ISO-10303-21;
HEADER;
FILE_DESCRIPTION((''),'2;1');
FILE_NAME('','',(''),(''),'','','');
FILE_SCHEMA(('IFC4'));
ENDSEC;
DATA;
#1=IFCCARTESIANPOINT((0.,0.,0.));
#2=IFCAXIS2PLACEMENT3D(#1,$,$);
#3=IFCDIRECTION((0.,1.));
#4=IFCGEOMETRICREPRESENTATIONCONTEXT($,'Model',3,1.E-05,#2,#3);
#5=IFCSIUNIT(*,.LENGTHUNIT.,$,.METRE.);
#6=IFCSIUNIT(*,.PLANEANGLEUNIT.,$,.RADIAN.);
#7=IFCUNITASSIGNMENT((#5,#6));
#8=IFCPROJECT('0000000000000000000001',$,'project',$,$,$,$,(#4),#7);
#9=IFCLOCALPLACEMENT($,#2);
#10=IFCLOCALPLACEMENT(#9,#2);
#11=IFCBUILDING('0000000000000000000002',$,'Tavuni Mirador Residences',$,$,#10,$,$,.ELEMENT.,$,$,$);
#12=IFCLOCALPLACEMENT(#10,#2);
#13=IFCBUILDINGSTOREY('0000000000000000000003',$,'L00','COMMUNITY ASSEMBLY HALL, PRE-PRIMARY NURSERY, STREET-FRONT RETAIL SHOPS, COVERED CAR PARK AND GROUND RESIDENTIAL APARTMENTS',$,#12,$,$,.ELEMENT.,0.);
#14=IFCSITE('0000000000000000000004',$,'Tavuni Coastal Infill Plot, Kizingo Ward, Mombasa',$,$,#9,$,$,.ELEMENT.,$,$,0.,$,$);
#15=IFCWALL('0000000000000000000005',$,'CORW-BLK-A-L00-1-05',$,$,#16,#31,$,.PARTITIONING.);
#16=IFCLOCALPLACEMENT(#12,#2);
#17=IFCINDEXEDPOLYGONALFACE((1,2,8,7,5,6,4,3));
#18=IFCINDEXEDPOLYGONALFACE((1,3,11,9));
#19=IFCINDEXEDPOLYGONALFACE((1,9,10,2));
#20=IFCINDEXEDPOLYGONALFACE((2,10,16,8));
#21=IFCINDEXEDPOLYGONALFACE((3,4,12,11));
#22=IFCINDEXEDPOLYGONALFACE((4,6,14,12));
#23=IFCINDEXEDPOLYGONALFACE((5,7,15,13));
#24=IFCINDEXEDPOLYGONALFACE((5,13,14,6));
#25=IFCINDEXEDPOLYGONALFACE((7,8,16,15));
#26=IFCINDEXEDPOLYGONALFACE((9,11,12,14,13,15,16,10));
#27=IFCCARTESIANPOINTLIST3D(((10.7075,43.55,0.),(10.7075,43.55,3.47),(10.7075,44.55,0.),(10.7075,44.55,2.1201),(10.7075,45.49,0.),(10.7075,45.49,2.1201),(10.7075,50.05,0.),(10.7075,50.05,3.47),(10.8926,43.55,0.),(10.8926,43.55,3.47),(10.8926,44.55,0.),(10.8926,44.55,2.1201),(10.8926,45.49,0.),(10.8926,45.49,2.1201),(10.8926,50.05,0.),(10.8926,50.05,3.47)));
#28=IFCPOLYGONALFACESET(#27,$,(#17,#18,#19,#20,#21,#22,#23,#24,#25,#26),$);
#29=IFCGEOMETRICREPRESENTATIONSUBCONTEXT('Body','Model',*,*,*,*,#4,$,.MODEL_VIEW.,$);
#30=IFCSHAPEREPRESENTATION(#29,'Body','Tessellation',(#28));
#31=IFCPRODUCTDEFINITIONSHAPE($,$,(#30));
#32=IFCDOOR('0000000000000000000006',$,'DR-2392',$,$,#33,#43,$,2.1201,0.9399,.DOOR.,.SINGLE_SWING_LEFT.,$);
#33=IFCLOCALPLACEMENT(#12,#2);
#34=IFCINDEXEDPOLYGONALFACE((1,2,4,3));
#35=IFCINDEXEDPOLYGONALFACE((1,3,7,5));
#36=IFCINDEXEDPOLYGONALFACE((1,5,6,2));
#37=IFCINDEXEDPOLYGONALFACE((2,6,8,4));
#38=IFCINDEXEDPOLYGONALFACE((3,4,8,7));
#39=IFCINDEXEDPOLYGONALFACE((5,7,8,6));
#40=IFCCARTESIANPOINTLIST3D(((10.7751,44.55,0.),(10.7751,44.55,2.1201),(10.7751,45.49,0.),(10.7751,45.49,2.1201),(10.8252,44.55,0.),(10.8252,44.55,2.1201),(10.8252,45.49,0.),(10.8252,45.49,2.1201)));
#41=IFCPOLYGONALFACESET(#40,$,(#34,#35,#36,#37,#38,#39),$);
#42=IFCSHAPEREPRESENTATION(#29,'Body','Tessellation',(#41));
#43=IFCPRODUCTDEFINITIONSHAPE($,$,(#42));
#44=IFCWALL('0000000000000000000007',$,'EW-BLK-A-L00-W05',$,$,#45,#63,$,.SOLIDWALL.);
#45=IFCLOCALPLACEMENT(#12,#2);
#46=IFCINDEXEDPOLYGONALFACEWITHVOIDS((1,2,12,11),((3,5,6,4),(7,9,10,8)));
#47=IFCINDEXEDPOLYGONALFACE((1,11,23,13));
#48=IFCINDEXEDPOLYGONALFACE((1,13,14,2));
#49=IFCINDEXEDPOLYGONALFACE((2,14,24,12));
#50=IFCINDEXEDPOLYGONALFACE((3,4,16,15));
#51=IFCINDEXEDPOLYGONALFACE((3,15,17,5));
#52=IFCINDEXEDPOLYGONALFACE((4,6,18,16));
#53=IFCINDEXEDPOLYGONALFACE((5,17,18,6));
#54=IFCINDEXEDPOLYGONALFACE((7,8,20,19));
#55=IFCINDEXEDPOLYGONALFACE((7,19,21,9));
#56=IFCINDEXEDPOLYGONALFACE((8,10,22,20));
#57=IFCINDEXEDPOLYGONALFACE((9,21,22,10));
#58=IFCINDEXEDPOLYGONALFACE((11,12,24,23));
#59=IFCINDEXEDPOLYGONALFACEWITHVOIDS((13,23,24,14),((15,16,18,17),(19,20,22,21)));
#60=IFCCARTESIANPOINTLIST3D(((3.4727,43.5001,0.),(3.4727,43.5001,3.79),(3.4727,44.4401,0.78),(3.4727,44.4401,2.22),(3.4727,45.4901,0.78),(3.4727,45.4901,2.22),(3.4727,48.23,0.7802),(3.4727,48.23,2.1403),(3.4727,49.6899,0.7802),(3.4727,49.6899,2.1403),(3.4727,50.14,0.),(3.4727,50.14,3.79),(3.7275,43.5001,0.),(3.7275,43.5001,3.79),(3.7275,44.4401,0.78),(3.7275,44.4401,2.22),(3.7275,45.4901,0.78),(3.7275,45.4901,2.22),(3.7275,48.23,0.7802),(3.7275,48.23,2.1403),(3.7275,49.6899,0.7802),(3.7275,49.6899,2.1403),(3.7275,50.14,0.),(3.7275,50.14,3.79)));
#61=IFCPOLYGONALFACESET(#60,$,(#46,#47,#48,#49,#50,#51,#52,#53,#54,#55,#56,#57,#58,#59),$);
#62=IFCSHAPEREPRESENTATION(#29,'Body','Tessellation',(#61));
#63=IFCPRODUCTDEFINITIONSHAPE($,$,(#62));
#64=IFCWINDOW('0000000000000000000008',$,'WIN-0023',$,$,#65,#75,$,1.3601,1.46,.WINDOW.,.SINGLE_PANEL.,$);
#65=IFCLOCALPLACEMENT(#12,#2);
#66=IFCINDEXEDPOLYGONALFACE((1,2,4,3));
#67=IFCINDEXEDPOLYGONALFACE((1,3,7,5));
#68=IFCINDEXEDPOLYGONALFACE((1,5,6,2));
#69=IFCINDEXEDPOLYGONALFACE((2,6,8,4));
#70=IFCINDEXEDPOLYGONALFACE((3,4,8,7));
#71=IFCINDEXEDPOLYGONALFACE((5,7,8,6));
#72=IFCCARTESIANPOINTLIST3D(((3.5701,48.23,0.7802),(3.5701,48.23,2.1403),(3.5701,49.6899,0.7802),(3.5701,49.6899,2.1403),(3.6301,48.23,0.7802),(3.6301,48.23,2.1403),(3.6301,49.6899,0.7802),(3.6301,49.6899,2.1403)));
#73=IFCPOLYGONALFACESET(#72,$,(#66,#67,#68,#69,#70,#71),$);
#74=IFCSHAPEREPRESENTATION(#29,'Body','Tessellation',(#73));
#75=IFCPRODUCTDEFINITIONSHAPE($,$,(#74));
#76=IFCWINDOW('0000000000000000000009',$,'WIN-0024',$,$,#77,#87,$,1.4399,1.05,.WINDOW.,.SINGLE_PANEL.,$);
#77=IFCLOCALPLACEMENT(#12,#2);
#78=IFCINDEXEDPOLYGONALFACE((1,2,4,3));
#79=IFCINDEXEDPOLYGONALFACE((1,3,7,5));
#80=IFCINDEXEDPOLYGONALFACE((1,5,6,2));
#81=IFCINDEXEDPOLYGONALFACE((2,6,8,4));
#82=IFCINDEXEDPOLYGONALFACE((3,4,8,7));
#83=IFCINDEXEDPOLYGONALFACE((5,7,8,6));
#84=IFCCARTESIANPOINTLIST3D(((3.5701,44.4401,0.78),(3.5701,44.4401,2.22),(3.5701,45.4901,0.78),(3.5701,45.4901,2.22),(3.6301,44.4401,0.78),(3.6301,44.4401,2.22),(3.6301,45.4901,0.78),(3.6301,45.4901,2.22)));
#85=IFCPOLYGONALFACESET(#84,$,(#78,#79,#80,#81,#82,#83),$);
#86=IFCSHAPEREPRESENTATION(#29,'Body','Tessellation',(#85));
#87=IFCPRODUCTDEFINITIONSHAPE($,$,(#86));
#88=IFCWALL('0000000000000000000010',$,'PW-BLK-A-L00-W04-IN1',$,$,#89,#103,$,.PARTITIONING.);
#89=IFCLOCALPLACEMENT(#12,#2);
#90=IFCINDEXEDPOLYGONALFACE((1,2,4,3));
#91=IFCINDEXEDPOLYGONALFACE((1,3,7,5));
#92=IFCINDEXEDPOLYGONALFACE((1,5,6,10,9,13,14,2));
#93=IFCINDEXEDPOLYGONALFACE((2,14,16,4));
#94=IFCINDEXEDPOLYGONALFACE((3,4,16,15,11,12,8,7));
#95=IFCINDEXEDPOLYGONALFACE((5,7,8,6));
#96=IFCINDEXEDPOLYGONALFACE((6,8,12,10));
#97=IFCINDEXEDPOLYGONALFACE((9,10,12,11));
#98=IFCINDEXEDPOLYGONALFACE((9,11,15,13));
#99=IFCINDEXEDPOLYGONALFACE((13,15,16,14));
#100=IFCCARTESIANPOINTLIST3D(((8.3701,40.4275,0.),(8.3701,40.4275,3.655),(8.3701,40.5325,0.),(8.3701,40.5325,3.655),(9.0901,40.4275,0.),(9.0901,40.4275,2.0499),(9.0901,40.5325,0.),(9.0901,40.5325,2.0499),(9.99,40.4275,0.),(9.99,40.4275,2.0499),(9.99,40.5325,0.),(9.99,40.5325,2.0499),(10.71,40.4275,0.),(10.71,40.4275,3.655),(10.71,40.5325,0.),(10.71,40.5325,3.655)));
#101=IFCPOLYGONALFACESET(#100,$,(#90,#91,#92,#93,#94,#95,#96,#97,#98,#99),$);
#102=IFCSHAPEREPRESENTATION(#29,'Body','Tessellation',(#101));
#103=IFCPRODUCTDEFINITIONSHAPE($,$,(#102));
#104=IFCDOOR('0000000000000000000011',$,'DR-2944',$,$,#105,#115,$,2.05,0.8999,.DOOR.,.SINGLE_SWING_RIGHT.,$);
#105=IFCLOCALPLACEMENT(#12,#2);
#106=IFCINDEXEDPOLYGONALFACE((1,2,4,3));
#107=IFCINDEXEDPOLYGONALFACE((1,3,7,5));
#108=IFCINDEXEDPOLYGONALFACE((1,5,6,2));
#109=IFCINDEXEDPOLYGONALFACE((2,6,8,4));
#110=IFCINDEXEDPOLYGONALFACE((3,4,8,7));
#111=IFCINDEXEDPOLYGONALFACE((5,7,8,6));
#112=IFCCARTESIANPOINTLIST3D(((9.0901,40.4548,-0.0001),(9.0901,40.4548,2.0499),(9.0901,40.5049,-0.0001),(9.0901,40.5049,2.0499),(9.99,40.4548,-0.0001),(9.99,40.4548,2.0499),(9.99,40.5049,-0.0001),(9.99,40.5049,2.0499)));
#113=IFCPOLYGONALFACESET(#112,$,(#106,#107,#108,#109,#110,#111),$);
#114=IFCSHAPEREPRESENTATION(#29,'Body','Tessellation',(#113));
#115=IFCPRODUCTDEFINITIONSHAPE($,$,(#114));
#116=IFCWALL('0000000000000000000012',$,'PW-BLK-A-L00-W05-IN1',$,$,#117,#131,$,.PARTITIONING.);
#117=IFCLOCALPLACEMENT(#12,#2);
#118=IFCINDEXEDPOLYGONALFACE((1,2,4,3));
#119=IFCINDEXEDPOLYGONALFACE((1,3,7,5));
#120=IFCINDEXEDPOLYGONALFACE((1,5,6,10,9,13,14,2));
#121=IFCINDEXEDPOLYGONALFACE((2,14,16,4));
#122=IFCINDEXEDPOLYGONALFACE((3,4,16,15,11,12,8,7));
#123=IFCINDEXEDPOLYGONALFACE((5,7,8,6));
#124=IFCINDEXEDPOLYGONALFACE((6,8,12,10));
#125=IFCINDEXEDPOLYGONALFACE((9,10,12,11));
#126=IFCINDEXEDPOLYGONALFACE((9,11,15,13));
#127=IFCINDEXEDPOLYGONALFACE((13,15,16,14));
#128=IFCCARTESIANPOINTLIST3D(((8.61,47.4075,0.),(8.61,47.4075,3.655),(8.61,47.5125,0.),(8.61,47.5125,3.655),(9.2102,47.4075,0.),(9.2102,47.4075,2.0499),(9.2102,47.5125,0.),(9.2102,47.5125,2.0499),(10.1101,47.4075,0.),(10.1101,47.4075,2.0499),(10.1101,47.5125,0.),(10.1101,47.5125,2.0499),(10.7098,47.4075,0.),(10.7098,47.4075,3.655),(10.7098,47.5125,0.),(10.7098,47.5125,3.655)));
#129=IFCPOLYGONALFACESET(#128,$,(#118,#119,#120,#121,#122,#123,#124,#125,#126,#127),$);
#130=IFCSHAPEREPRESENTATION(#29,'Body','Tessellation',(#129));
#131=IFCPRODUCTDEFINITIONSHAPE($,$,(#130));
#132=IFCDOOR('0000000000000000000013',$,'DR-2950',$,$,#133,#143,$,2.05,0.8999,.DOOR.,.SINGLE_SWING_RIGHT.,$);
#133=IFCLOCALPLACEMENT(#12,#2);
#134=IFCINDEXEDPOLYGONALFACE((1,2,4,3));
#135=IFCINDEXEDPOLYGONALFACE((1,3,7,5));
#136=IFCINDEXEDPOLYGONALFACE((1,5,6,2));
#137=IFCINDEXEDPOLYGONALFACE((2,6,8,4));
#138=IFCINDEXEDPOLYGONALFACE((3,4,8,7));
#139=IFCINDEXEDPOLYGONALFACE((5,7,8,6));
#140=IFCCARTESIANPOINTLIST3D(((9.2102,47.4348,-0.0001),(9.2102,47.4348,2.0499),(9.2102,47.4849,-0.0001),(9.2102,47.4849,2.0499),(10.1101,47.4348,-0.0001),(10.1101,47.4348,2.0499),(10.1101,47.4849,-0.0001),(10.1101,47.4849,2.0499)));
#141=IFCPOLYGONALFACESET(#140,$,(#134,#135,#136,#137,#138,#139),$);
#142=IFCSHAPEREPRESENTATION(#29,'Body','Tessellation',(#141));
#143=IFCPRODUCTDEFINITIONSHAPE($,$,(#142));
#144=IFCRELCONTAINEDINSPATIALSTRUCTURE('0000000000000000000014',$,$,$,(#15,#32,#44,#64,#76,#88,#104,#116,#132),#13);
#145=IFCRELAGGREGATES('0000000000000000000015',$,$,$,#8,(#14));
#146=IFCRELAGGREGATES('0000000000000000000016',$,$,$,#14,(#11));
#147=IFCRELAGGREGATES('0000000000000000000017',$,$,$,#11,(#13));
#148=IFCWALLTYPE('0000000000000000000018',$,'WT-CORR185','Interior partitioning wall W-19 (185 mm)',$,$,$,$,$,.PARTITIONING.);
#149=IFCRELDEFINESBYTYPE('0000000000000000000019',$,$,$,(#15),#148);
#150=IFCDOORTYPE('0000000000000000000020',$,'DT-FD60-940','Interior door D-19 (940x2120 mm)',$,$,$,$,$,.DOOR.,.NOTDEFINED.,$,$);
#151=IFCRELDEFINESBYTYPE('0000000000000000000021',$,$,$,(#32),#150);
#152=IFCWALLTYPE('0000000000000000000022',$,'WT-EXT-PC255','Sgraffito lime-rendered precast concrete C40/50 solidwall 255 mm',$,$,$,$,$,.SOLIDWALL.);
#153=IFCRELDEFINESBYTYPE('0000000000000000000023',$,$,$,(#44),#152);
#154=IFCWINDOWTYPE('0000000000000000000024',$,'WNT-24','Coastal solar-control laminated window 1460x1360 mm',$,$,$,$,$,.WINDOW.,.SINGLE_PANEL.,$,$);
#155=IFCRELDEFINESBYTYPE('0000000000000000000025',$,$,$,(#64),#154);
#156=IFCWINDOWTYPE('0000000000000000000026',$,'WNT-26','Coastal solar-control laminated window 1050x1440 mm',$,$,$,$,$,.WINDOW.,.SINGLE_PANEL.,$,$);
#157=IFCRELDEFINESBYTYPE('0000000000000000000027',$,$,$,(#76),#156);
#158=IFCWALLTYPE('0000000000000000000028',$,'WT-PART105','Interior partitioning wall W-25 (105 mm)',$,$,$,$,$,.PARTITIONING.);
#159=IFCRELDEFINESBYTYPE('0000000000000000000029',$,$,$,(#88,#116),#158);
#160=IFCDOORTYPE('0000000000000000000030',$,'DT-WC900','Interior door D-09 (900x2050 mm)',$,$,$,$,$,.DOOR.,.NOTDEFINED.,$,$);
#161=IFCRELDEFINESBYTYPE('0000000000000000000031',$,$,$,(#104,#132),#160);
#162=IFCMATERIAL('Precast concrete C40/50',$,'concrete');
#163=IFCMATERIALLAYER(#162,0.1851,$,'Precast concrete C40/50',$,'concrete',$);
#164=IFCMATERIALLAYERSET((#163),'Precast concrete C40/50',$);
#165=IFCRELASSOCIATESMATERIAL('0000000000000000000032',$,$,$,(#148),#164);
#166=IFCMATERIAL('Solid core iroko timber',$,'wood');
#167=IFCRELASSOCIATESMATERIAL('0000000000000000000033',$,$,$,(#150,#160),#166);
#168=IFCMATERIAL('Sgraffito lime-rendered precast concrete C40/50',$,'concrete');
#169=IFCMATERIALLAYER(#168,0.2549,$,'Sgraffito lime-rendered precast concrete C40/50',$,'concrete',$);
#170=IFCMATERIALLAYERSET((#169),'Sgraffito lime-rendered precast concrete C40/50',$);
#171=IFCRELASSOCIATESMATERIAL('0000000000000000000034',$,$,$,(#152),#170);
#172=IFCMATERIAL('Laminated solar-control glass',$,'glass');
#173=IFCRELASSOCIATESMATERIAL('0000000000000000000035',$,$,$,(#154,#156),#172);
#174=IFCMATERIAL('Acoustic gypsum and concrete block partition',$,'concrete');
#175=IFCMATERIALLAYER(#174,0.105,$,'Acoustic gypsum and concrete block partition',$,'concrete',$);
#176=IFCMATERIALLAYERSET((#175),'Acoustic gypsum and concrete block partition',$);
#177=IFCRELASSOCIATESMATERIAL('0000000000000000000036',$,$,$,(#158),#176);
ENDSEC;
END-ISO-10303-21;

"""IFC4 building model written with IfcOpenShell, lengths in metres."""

from ifc_helpers import new_model, si_unit, direction, frame, frame_2d, origin, place, context, subcontext, project, spatial, rectangle, extrude, material, layer, layer_set, type_object, element, fill, save


model = new_model("IFC4")

# Units and contexts
model_context = context("Model", 3, precision=1e-05, world=origin(), true_north=direction((0.0, 1.0)))
body_context = subcontext(model_context, "Body", "Model", "MODEL_VIEW")
ifc_project = project(units=[si_unit("LENGTHUNIT", "METRE"), si_unit("PLANEANGLEUNIT", "RADIAN")], contexts=[model_context])

# Site, building, storey
site_placement = place(None, origin())
site = spatial("IfcSite", under=ifc_project, at=site_placement, Name="Tavuni Coastal Infill Plot, Kizingo Ward, Mombasa", CompositionType="ELEMENT", RefElevation=0.0)
building_placement = place(site_placement, origin())
building = spatial("IfcBuilding", under=site, at=building_placement, Name="Tavuni Mirador Residences", CompositionType="ELEMENT")
storey_placement = place(building_placement, origin())
storey = spatial("IfcBuildingStorey", under=building, at=storey_placement, Name="L00", Description="COMMUNITY ASSEMBLY HALL, PRE-PRIMARY NURSERY, STREET-FRONT RETAIL SHOPS, COVERED CAR PARK AND GROUND RESIDENTIAL APARTMENTS", CompositionType="ELEMENT", Elevation=0.0)

# Shared definitions
ifc_material_1 = material(Name="Precast concrete C40/50", Category="concrete")

# Wall, opening, door
ifc_layer_1 = layer(ifc_material_1, 0.1851, Name="Precast concrete C40/50", Category="concrete")
ifc_layer_set_1 = layer_set([ifc_layer_1], Name="Precast concrete C40/50")
wall_type_1 = type_object("IfcWallType", Name="WT-CORR185", Description="Interior partitioning wall W-19 (185 mm)", PredefinedType="PARTITIONING", material=ifc_layer_set_1)
wall_1_placement = place(storey_placement, frame((10.8, 43.55, 0.0), z_axis=(0.0, 0.0, 1.0), x_axis=(0.0, 1.0, 0.0)))
wall_1 = element("IfcWall", 1, at=wall_1_placement, inside=storey, type_object=wall_type_1, Name="CORW-BLK-A-L00-1-05", PredefinedType="PARTITIONING", context=body_context, shape_type="SweptSolid", body=[
    extrude(rectangle(XDim=6.5, YDim=0.1851, at=frame_2d((3.25, 0.0))), origin(), (0.0, 0.0, 1.0), 3.47),
])
opening_1_placement = place(wall_1_placement, frame((1.0, 0.0, 0.0)))
opening_1 = element("IfcOpeningElement", 2, at=opening_1_placement, cuts=wall_1, PredefinedType="OPENING", context=body_context, shape_type="SweptSolid", body=[
    extrude(rectangle(XDim=0.9399, YDim=2.1201, at=frame_2d((0.47, 1.0601))), frame((0.0, 0.1025, 0.0), z_axis=(0.0, -1.0, 0.0), x_axis=(1.0, 0.0, 0.0)), (0.0, 0.0, 1.0), 0.2051),
])
ifc_material_2 = material(Name="Solid core iroko timber", Category="wood")
door_type_1 = type_object("IfcDoorType", Name="DT-FD60-940", Description="Interior door D-19 (940x2120 mm)", OperationType="NOTDEFINED", PredefinedType="DOOR", material=ifc_material_2)
door_1_placement = place(opening_1_placement, origin())
door_1 = element("IfcDoor", 3, at=door_1_placement, inside=storey, type_object=door_type_1, Name="DR-2392", OperationType="SINGLE_SWING_LEFT", OverallHeight=2.1201, OverallWidth=0.9399, PredefinedType="DOOR", context=body_context, shape_type="SweptSolid", body=[
    extrude(rectangle(XDim=0.9399, YDim=2.1201, at=frame_2d((0.47, 1.0601))), frame((0.0, 0.0249, 0.0), z_axis=(0.0, -1.0, 0.0), x_axis=(1.0, 0.0, 0.0)), (0.0, 0.0, 1.0), 0.05),
])
fill(opening_1, door_1)

# Wall, openings, windows
ifc_material_3 = material(Name="Sgraffito lime-rendered precast concrete C40/50", Category="concrete")
ifc_layer_2 = layer(ifc_material_3, 0.2549, Name="Sgraffito lime-rendered precast concrete C40/50", Category="concrete")
ifc_layer_set_2 = layer_set([ifc_layer_2], Name="Sgraffito lime-rendered precast concrete C40/50")
wall_type_2 = type_object("IfcWallType", Name="WT-EXT-PC255", Description="Sgraffito lime-rendered precast concrete C40/50 solidwall 255 mm", PredefinedType="SOLIDWALL", material=ifc_layer_set_2)
wall_2_placement = place(storey_placement, frame((3.6001, 50.1399, 0.0), z_axis=(0.0, 0.0, 1.0), x_axis=(0.0, -1.0, 0.0)))
wall_2 = element("IfcWall", 4, at=wall_2_placement, inside=storey, type_object=wall_type_2, Name="EW-BLK-A-L00-W05", PredefinedType="SOLIDWALL", context=body_context, shape_type="SweptSolid", body=[
    extrude(rectangle(XDim=6.6399, YDim=0.2549, at=frame_2d((3.3198, 0.0))), origin(), (0.0, 0.0, 1.0), 3.79),
])
opening_2_placement = place(wall_2_placement, frame((0.45, 0.0, 0.78)))
opening_2 = element("IfcOpeningElement", 5, at=opening_2_placement, cuts=wall_2, PredefinedType="OPENING", context=body_context, shape_type="SweptSolid", body=[
    extrude(rectangle(XDim=1.46, YDim=1.3601, at=frame_2d((0.73, 0.6802))), frame((0.0, 0.1375, 0.0), z_axis=(0.0, -1.0, 0.0), x_axis=(1.0, 0.0, 0.0)), (0.0, 0.0, 1.0), 0.2749),
])
opening_3_placement = place(wall_2_placement, frame((4.6499, 0.0, 0.78)))
opening_3 = element("IfcOpeningElement", 6, at=opening_3_placement, cuts=wall_2, PredefinedType="OPENING", context=body_context, shape_type="SweptSolid", body=[
    extrude(rectangle(XDim=1.05, YDim=1.4399, at=frame_2d((0.5249, 0.72))), frame((0.0, 0.1375, 0.0), z_axis=(0.0, -1.0, 0.0), x_axis=(1.0, 0.0, 0.0)), (0.0, 0.0, 1.0), 0.2749),
])
ifc_material_4 = material(Name="Laminated solar-control glass", Category="glass")
window_type_1 = type_object("IfcWindowType", Name="WNT-24", Description="Coastal solar-control laminated window 1460x1360 mm", PartitioningType="SINGLE_PANEL", PredefinedType="WINDOW", material=ifc_material_4)
window_1_placement = place(opening_2_placement, origin())
window_1 = element("IfcWindow", 7, at=window_1_placement, inside=storey, type_object=window_type_1, Name="WIN-0023", OverallHeight=1.3601, OverallWidth=1.46, PartitioningType="SINGLE_PANEL", PredefinedType="WINDOW", context=body_context, shape_type="SweptSolid", body=[
    extrude(rectangle(XDim=1.46, YDim=1.3601, at=frame_2d((0.73, 0.6802))), frame((0.0, 0.03, 0.0), z_axis=(0.0, -1.0, 0.0), x_axis=(1.0, 0.0, 0.0)), (0.0, 0.0, 1.0), 0.0601),
])
fill(opening_2, window_1)
window_type_2 = type_object("IfcWindowType", Name="WNT-26", Description="Coastal solar-control laminated window 1050x1440 mm", PartitioningType="SINGLE_PANEL", PredefinedType="WINDOW", material=ifc_material_4)
window_2_placement = place(opening_3_placement, origin())
window_2 = element("IfcWindow", 8, at=window_2_placement, inside=storey, type_object=window_type_2, Name="WIN-0024", OverallHeight=1.4399, OverallWidth=1.05, PartitioningType="SINGLE_PANEL", PredefinedType="WINDOW", context=body_context, shape_type="SweptSolid", body=[
    extrude(rectangle(XDim=1.05, YDim=1.4399, at=frame_2d((0.5249, 0.72))), frame((0.0, 0.03, 0.0), z_axis=(0.0, -1.0, 0.0), x_axis=(1.0, 0.0, 0.0)), (0.0, 0.0, 1.0), 0.0601),
])
fill(opening_3, window_2)

# Walls, openings, doors
ifc_material_5 = material(Name="Acoustic gypsum and concrete block partition", Category="concrete")
ifc_layer_3 = layer(ifc_material_5, 0.105, Name="Acoustic gypsum and concrete block partition", Category="concrete")
ifc_layer_set_3 = layer_set([ifc_layer_3], Name="Acoustic gypsum and concrete block partition")
wall_type_3 = type_object("IfcWallType", Name="WT-PART105", Description="Interior partitioning wall W-25 (105 mm)", PredefinedType="PARTITIONING", material=ifc_layer_set_3)
wall_3_placement = place(storey_placement, frame((8.3701, 40.48, 0.0), z_axis=(0.0, 0.0, 1.0), x_axis=(1.0, 0.0, 0.0)))
wall_3 = element("IfcWall", 9, at=wall_3_placement, inside=storey, type_object=wall_type_3, Name="PW-BLK-A-L00-W04-IN1", PredefinedType="PARTITIONING", context=body_context, shape_type="SweptSolid", body=[
    extrude(rectangle(XDim=2.3398, YDim=0.105, at=frame_2d((1.1699, 0.0))), origin(), (0.0, 0.0, 1.0), 3.655),
])
opening_4_placement = place(wall_3_placement, frame((0.72, 0.0, 0.0)))
opening_4 = element("IfcOpeningElement", 10, at=opening_4_placement, cuts=wall_3, PredefinedType="OPENING", context=body_context, shape_type="SweptSolid", body=[
    extrude(rectangle(XDim=0.8999, YDim=2.05, at=frame_2d((0.45, 1.0249))), frame((0.0, 0.0625, 0.0), z_axis=(0.0, -1.0, 0.0), x_axis=(1.0, 0.0, 0.0)), (0.0, 0.0, 1.0), 0.125),
])
door_type_2 = type_object("IfcDoorType", Name="DT-WC900", Description="Interior door D-09 (900x2050 mm)", OperationType="NOTDEFINED", PredefinedType="DOOR", material=ifc_material_2)
door_2_placement = place(opening_4_placement, origin())
door_2 = element("IfcDoor", 11, at=door_2_placement, inside=storey, type_object=door_type_2, Name="DR-2944", OperationType="SINGLE_SWING_RIGHT", OverallHeight=2.05, OverallWidth=0.8999, PredefinedType="DOOR", context=body_context, shape_type="SweptSolid", body=[
    extrude(rectangle(XDim=0.8999, YDim=2.05, at=frame_2d((0.45, 1.0249))), frame((0.0, 0.0249, 0.0), z_axis=(0.0, -1.0, 0.0), x_axis=(1.0, 0.0, 0.0)), (0.0, 0.0, 1.0), 0.05),
])
fill(opening_4, door_2)
wall_4_placement = place(storey_placement, frame((8.6101, 47.46, 0.0), z_axis=(0.0, 0.0, 1.0), x_axis=(1.0, 0.0, 0.0)))
wall_4 = element("IfcWall", 12, at=wall_4_placement, inside=storey, type_object=wall_type_3, Name="PW-BLK-A-L00-W05-IN1", PredefinedType="PARTITIONING", context=body_context, shape_type="SweptSolid", body=[
    extrude(rectangle(XDim=2.0999, YDim=0.105, at=frame_2d((1.0498, 0.0))), origin(), (0.0, 0.0, 1.0), 3.655),
])
opening_5_placement = place(wall_4_placement, frame((0.6001, 0.0, 0.0)))
opening_5 = element("IfcOpeningElement", 13, at=opening_5_placement, cuts=wall_4, PredefinedType="OPENING", context=body_context, shape_type="SweptSolid", body=[
    extrude(rectangle(XDim=0.8999, YDim=2.05, at=frame_2d((0.45, 1.0249))), frame((0.0, 0.0625, 0.0), z_axis=(0.0, -1.0, 0.0), x_axis=(1.0, 0.0, 0.0)), (0.0, 0.0, 1.0), 0.125),
])
door_3_placement = place(opening_5_placement, origin())
door_3 = element("IfcDoor", 14, at=door_3_placement, inside=storey, type_object=door_type_2, Name="DR-2950", OperationType="SINGLE_SWING_RIGHT", OverallHeight=2.05, OverallWidth=0.8999, PredefinedType="DOOR", context=body_context, shape_type="SweptSolid", body=[
    extrude(rectangle(XDim=0.8999, YDim=2.05, at=frame_2d((0.45, 1.0249))), frame((0.0, 0.0249, 0.0), z_axis=(0.0, -1.0, 0.0), x_axis=(1.0, 0.0, 0.0)), (0.0, 0.0, 1.0), 0.05),
])
fill(opening_5, door_3)

save(model, "model.ifc")
